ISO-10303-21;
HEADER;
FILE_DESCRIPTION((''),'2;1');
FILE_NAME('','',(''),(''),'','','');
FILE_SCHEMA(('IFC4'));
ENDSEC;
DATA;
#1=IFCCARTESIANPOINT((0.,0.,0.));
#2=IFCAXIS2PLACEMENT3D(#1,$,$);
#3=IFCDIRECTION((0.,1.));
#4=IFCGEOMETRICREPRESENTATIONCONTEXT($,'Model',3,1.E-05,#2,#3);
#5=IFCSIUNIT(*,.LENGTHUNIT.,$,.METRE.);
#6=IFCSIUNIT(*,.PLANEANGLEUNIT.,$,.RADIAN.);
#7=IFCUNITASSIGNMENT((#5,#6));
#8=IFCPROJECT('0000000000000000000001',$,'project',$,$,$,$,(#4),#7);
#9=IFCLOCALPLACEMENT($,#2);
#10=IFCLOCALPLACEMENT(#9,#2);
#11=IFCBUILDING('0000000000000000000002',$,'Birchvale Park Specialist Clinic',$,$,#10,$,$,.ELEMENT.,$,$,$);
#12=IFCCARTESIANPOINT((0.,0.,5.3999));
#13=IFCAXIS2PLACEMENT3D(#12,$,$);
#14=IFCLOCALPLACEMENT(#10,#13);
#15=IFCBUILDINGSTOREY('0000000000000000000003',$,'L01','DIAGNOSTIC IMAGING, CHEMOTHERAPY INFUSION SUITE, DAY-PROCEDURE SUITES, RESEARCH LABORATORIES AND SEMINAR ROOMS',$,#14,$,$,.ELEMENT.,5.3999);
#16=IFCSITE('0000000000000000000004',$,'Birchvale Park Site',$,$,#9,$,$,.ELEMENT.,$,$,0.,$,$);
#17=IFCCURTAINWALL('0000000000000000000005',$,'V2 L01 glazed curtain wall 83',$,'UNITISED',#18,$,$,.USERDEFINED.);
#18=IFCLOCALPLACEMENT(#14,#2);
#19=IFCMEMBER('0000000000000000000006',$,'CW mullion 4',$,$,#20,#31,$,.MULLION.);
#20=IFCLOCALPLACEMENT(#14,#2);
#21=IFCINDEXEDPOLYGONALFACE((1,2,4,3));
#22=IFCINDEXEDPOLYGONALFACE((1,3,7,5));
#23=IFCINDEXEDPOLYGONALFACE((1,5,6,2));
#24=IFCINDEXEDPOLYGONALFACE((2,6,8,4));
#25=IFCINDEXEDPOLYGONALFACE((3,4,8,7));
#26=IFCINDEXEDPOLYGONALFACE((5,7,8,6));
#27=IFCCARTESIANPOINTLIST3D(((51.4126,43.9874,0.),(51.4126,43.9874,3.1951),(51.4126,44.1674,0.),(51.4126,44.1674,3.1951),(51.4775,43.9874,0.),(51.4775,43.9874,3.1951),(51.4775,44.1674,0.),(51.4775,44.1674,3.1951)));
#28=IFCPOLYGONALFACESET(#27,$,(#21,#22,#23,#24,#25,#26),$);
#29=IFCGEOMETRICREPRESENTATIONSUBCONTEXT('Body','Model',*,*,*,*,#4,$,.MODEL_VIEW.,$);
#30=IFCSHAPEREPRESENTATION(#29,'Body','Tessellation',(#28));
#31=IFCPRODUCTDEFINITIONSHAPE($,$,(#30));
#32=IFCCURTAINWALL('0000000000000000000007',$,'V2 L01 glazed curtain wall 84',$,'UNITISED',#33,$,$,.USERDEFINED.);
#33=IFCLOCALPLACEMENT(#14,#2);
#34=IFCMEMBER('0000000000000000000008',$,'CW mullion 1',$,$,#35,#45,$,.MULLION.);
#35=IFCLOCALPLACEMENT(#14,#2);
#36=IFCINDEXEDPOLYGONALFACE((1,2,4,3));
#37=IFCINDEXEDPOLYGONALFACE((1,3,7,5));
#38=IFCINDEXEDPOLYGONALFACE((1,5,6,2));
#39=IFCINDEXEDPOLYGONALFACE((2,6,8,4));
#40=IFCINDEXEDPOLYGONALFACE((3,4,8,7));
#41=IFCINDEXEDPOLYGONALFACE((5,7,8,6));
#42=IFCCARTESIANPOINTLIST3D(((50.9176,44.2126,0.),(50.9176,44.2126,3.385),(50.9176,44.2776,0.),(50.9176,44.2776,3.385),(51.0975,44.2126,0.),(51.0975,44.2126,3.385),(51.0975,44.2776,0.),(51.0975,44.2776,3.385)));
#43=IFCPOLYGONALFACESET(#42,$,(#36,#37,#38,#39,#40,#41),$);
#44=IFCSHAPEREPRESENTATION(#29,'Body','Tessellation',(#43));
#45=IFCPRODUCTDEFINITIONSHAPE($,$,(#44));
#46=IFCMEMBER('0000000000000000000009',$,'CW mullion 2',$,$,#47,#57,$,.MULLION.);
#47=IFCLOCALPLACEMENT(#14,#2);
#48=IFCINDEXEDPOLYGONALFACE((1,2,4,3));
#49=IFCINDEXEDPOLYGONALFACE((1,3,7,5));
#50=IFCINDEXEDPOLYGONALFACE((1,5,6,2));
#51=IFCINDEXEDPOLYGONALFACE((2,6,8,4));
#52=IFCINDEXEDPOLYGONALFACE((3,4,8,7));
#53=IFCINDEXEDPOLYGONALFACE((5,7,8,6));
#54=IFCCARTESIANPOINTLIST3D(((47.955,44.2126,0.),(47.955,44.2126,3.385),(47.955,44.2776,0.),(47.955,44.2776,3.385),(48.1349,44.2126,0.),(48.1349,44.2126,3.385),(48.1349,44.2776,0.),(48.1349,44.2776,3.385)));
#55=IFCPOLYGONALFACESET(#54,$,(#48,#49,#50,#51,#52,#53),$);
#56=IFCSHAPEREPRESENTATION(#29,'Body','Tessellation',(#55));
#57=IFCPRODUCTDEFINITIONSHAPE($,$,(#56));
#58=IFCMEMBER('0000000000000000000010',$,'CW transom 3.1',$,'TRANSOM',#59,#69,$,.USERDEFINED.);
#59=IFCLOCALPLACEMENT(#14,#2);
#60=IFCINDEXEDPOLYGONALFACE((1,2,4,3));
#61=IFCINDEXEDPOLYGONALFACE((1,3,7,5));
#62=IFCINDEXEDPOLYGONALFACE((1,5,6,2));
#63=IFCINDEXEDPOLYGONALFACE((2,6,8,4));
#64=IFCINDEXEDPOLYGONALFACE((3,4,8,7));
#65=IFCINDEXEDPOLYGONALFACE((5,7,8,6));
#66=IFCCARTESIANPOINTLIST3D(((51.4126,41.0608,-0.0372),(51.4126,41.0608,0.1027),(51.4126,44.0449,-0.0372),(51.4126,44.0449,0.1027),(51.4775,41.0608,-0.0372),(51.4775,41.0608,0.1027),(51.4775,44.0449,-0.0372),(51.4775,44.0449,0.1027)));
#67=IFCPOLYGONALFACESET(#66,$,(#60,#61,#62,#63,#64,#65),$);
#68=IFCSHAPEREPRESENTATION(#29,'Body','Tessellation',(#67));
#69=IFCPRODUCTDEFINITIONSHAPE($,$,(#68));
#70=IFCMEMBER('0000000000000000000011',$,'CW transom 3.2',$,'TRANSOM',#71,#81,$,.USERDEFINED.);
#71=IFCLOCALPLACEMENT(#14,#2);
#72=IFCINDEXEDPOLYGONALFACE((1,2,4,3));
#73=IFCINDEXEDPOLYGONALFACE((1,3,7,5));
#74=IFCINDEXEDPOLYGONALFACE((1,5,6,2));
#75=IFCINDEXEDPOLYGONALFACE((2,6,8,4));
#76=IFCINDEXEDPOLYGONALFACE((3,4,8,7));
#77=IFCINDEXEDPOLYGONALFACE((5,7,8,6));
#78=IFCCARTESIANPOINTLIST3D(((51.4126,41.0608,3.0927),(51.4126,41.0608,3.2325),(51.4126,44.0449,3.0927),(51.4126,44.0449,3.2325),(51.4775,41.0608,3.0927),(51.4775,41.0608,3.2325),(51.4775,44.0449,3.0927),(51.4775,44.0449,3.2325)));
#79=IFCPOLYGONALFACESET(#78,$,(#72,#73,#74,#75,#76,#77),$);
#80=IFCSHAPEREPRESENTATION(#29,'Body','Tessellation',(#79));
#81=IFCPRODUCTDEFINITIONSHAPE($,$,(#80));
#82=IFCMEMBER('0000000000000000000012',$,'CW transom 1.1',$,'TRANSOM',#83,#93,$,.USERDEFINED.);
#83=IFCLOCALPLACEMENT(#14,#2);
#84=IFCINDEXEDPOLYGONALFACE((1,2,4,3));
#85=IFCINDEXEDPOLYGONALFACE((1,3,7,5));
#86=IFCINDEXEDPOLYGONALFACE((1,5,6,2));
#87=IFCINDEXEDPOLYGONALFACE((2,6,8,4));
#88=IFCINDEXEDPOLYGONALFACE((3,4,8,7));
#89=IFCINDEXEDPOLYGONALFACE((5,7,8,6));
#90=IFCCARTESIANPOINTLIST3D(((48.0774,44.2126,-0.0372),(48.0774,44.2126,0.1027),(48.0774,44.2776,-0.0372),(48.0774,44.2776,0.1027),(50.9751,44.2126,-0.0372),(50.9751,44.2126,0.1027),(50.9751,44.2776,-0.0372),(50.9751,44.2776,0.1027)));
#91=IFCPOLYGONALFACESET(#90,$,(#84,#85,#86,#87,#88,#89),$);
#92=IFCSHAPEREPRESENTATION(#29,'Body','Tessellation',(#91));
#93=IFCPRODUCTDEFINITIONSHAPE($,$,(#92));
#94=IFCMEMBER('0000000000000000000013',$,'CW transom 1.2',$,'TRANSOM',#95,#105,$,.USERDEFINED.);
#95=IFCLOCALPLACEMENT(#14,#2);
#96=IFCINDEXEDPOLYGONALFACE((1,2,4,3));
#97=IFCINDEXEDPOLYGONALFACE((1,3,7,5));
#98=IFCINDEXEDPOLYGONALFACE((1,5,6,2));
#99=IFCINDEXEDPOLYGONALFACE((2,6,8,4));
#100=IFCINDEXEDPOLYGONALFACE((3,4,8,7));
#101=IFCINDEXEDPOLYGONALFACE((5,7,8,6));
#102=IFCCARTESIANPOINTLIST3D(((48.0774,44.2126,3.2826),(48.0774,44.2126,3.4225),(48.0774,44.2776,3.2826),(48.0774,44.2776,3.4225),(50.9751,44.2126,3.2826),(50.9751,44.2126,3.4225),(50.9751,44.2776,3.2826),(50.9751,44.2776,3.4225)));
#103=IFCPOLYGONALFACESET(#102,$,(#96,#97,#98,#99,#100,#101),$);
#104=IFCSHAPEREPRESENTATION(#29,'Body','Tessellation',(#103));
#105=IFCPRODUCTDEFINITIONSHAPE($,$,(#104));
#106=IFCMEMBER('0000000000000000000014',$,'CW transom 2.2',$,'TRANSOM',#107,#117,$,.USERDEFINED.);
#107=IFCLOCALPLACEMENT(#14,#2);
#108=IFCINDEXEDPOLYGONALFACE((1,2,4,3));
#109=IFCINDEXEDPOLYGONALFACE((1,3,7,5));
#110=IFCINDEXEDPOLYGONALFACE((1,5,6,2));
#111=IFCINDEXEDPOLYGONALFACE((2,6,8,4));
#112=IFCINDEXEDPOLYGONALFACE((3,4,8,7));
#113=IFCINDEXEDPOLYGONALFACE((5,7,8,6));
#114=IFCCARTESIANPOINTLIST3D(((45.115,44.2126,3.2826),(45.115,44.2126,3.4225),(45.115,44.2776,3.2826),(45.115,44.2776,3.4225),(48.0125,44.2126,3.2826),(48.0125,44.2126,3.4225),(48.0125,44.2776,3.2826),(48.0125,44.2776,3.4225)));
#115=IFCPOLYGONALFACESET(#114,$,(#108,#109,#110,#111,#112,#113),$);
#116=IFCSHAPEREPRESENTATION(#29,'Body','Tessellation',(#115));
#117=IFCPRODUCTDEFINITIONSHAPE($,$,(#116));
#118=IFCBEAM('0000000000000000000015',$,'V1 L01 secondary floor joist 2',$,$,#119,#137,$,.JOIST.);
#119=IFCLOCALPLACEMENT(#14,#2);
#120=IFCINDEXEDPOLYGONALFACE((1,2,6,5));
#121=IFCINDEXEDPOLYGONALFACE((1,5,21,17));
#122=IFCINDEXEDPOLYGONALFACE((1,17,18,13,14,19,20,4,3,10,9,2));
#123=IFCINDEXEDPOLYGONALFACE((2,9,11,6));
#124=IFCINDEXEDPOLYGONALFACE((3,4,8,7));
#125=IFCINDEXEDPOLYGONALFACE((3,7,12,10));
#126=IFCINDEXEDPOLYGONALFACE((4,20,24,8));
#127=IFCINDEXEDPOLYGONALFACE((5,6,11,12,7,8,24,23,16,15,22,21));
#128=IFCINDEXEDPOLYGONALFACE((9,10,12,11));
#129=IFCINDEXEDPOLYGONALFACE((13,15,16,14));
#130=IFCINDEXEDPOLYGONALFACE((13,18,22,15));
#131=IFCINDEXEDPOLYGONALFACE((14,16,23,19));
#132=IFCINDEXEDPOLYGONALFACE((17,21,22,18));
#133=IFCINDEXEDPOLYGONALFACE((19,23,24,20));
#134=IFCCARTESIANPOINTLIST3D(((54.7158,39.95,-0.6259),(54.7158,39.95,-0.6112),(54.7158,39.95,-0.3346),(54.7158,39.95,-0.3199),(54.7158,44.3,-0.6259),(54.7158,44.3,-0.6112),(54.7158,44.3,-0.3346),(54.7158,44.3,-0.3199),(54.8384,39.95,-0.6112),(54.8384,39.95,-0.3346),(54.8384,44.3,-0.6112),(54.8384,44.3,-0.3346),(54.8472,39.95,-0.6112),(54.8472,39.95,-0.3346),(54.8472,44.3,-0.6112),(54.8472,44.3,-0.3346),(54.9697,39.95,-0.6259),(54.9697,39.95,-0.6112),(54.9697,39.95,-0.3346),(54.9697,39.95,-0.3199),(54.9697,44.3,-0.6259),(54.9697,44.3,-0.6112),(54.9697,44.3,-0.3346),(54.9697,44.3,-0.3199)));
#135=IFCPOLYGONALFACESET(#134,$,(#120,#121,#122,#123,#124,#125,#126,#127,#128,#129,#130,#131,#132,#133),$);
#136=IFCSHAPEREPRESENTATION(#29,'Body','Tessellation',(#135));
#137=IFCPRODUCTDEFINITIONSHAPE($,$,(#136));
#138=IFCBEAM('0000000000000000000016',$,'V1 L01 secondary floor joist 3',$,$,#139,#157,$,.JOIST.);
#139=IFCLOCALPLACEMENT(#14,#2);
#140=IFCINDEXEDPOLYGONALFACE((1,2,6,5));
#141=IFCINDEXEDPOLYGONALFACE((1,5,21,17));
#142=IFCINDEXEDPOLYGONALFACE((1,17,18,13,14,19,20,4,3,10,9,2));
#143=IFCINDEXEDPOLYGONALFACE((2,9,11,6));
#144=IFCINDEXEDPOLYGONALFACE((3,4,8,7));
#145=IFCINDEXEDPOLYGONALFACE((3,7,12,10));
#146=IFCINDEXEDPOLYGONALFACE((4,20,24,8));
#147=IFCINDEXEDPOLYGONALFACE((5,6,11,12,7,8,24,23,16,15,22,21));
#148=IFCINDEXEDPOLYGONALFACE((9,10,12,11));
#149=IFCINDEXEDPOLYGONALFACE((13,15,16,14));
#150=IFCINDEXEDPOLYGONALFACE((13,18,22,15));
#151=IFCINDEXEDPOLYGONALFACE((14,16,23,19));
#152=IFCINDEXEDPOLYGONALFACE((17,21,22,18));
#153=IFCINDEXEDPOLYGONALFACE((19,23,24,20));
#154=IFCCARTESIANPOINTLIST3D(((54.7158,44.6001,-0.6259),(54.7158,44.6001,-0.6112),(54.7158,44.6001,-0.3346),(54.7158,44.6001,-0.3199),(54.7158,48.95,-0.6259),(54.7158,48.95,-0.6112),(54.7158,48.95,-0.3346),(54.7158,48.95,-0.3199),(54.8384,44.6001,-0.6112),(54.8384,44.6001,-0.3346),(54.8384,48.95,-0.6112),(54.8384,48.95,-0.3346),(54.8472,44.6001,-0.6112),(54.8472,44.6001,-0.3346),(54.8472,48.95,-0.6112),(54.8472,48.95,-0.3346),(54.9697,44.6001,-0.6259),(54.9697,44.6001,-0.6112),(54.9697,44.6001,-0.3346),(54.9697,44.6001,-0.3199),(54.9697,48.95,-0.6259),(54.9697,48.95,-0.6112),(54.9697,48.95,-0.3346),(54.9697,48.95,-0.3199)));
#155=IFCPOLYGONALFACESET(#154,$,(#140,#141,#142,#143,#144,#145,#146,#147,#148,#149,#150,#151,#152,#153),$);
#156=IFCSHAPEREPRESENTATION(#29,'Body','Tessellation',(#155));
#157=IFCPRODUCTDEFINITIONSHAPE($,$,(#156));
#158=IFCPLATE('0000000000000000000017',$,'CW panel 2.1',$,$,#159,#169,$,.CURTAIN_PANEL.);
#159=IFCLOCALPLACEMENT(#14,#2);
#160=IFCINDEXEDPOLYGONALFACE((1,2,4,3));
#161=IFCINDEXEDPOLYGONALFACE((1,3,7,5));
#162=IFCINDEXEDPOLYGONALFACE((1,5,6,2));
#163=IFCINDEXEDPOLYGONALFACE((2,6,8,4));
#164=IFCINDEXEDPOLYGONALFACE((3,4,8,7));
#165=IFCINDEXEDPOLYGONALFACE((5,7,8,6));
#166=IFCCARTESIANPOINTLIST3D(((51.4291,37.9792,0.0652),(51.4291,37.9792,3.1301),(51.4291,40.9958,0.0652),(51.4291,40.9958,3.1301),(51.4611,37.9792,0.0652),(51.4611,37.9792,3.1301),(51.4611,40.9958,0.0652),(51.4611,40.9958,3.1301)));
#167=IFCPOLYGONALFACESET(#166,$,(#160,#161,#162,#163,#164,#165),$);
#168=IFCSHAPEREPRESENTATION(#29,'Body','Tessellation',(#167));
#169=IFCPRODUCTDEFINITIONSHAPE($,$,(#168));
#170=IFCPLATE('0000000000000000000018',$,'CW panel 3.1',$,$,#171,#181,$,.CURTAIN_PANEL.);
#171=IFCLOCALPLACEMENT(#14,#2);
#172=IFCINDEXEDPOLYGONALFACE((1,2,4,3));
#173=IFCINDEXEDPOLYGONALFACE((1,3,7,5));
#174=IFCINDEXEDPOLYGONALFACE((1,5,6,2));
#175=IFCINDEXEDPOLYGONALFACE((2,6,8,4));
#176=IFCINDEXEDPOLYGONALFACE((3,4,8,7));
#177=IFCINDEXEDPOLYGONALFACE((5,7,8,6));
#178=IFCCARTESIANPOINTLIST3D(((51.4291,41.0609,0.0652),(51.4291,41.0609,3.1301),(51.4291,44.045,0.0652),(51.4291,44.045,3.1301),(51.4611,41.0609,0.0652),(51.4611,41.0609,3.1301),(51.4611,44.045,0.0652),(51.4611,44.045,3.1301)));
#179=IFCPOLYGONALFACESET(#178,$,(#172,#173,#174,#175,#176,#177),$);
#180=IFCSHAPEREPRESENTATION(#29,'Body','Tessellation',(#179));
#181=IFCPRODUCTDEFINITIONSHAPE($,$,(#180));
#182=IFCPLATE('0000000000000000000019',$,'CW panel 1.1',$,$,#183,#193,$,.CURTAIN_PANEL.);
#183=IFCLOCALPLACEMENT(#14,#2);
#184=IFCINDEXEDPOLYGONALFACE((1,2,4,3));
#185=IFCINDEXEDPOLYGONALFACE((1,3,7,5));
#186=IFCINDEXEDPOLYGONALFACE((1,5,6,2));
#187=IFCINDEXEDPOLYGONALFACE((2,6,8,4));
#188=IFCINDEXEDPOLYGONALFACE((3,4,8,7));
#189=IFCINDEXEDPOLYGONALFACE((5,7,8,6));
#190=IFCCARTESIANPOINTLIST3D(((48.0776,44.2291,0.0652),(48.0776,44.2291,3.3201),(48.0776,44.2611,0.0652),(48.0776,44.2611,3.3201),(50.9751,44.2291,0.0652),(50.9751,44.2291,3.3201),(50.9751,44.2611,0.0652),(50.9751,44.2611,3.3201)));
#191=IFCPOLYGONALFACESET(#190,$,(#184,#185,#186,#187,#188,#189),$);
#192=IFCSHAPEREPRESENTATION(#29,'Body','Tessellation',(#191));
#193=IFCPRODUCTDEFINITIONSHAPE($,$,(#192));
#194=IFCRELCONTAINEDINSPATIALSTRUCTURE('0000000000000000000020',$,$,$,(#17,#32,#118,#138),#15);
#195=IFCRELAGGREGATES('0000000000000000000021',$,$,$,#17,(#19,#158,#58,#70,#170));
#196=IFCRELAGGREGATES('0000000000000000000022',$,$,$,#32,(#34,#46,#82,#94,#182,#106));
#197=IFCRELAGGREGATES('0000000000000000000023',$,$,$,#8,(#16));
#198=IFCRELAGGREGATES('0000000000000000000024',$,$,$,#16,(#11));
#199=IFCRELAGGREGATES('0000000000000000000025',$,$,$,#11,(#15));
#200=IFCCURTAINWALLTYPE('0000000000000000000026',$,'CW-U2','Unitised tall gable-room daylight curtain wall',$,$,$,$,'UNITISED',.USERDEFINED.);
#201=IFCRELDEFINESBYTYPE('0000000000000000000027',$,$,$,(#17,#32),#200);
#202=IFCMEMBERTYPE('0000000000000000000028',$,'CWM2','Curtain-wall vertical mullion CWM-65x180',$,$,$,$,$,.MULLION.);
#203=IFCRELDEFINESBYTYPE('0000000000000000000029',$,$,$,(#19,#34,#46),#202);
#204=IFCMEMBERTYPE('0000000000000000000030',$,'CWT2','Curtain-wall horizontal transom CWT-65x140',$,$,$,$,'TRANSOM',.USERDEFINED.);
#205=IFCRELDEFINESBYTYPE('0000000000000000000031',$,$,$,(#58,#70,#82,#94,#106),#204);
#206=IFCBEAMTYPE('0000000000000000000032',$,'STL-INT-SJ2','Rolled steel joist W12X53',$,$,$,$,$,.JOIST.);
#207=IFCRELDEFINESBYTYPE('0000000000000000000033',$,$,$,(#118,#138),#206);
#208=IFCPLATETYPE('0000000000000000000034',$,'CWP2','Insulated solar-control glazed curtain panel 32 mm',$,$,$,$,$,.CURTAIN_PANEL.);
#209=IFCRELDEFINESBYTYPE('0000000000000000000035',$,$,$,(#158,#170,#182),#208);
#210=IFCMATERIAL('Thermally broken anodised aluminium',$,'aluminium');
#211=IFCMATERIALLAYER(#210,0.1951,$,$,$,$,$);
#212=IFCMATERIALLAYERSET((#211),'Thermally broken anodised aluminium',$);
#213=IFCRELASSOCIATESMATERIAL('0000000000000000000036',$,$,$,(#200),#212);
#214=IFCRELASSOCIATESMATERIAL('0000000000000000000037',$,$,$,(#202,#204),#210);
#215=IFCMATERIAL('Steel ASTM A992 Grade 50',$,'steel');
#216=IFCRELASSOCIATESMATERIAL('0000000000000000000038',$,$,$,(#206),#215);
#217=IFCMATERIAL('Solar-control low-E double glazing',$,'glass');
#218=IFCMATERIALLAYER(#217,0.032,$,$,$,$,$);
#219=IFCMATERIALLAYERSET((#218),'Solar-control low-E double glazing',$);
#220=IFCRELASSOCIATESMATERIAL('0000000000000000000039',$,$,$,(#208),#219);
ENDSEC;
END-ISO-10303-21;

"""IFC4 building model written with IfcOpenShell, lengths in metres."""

from ifc_helpers import new_model, si_unit, direction, frame, origin, origin_2d, place, context, subcontext, project, spatial, rectangle, i_section, extrude, material, layer, layer_set, material_profile, profile_set, type_object, element, aggregate, save


model = new_model("IFC4")

# Units and contexts
model_context = context("Model", 3, precision=1e-05, world=origin(), true_north=direction((0.0, 1.0)))
body_context = subcontext(model_context, "Body", "Model", "MODEL_VIEW")
ifc_project = project(units=[si_unit("LENGTHUNIT", "METRE"), si_unit("PLANEANGLEUNIT", "RADIAN")], contexts=[model_context])

# Site, building, storey
site_placement = place(None, origin())
site = spatial("IfcSite", under=ifc_project, at=site_placement, Name="Birchvale Park Site", CompositionType="ELEMENT", RefElevation=0.0)
building_placement = place(site_placement, origin())
building = spatial("IfcBuilding", under=site, at=building_placement, Name="Birchvale Park Specialist Clinic", CompositionType="ELEMENT")
storey_placement = place(building_placement, frame((0.0, 0.0, 5.3999)))
storey = spatial("IfcBuildingStorey", under=building, at=storey_placement, Name="L01", Description="DIAGNOSTIC IMAGING, CHEMOTHERAPY INFUSION SUITE, DAY-PROCEDURE SUITES, RESEARCH LABORATORIES AND SEMINAR ROOMS", CompositionType="ELEMENT", Elevation=5.3999)

# Curtain walls, members
ifc_material_1 = material(Name="Thermally broken anodised aluminium", Category="aluminium")
ifc_layer_1 = layer(ifc_material_1, 0.1951)
ifc_layer_set_1 = layer_set([ifc_layer_1], Name="Thermally broken anodised aluminium")
curtain_wall_type = type_object("IfcCurtainWallType", Name="CW-U2", Description="Unitised tall gable-room daylight curtain wall", ElementType="UNITISED", PredefinedType="USERDEFINED", material=ifc_layer_set_1)
curtain_wall_1_placement = place(storey_placement, origin())
curtain_wall_1 = element("IfcCurtainWall", 1, at=curtain_wall_1_placement, inside=storey, type_object=curtain_wall_type, Name="V2 L01 glazed curtain wall 83", ObjectType="UNITISED", PredefinedType="USERDEFINED")
ifc_material_profile_1 = material_profile(ifc_material_1, rectangle(XDim=0.0649, YDim=0.1799, at=origin_2d()), Name="CWM-65x180")
ifc_profile_set_1 = profile_set([ifc_material_profile_1], Name="Thermally broken anodised aluminium")
member_type_1 = type_object("IfcMemberType", Name="CWM2", Description="Curtain-wall vertical mullion CWM-65x180", PredefinedType="MULLION", material=ifc_profile_set_1)
member_1_placement = place(storey_placement, frame((51.4451, 44.0774, 0.0), z_axis=(0.0, 0.0, 1.0), x_axis=(-1.0, 0.0, 0.0)))
member_1 = element("IfcMember", 2, at=member_1_placement, type_object=member_type_1, Name="CW mullion 4", PredefinedType="MULLION", context=body_context, shape_type="SweptSolid", body=[
    extrude(rectangle(XDim=0.0649, YDim=0.1799, at=origin_2d()), origin(), (0.0, 0.0, 1.0), 3.1951),
])
curtain_wall_2_placement = place(storey_placement, origin())
curtain_wall_2 = element("IfcCurtainWall", 3, at=curtain_wall_2_placement, inside=storey, type_object=curtain_wall_type, Name="V2 L01 glazed curtain wall 84", ObjectType="UNITISED", PredefinedType="USERDEFINED")
member_2_placement = place(storey_placement, frame((51.0076, 44.2451, 0.0), z_axis=(0.0, 0.0, 1.0), x_axis=(0.0, -1.0, 0.0)))
member_2 = element("IfcMember", 4, at=member_2_placement, type_object=member_type_1, Name="CW mullion 1", PredefinedType="MULLION", context=body_context, shape_type="SweptSolid", body=[
    extrude(rectangle(XDim=0.0649, YDim=0.1799, at=origin_2d()), origin(), (0.0, 0.0, 1.0), 3.385),
])
member_3_placement = place(storey_placement, frame((48.0449, 44.2451, 0.0), z_axis=(0.0, 0.0, 1.0), x_axis=(0.0, -1.0, 0.0)))
member_3 = element("IfcMember", 5, at=member_3_placement, type_object=member_type_1, Name="CW mullion 2", PredefinedType="MULLION", context=body_context, shape_type="SweptSolid", body=[
    extrude(rectangle(XDim=0.0649, YDim=0.1799, at=origin_2d()), origin(), (0.0, 0.0, 1.0), 3.385),
])

# Members
ifc_material_profile_2 = material_profile(ifc_material_1, rectangle(XDim=0.0649, YDim=0.1399, at=origin_2d()), Name="CWT-65x140")
ifc_profile_set_2 = profile_set([ifc_material_profile_2], Name="Thermally broken anodised aluminium")
member_type_2 = type_object("IfcMemberType", Name="CWT2", Description="Curtain-wall horizontal transom CWT-65x140", ElementType="TRANSOM", PredefinedType="USERDEFINED", material=ifc_profile_set_2)
member_4_placement = place(storey_placement, frame((51.4451, 41.0608, 0.0327), z_axis=(0.0, 1.0, 0.0), x_axis=(-1.0, 0.0, 0.0)))
member_4 = element("IfcMember", 6, at=member_4_placement, type_object=member_type_2, Name="CW transom 3.1", ObjectType="TRANSOM", PredefinedType="USERDEFINED", context=body_context, shape_type="SweptSolid", body=[
    extrude(rectangle(XDim=0.0649, YDim=0.1399, at=origin_2d()), origin(), (0.0, 0.0, 1.0), 2.9841),
])
member_5_placement = place(storey_placement, frame((51.4451, 41.0608, 3.1626), z_axis=(0.0, 1.0, 0.0), x_axis=(-1.0, 0.0, 0.0)))
member_5 = element("IfcMember", 7, at=member_5_placement, type_object=member_type_2, Name="CW transom 3.2", ObjectType="TRANSOM", PredefinedType="USERDEFINED", context=body_context, shape_type="SweptSolid", body=[
    extrude(rectangle(XDim=0.0649, YDim=0.1399, at=origin_2d()), origin(), (0.0, 0.0, 1.0), 2.9841),
])
member_6_placement = place(storey_placement, frame((50.9751, 44.2451, 0.0327), z_axis=(-1.0, 0.0, 0.0), x_axis=(0.0, -1.0, 0.0)))
member_6 = element("IfcMember", 8, at=member_6_placement, type_object=member_type_2, Name="CW transom 1.1", ObjectType="TRANSOM", PredefinedType="USERDEFINED", context=body_context, shape_type="SweptSolid", body=[
    extrude(rectangle(XDim=0.0649, YDim=0.1399, at=origin_2d()), origin(), (0.0, 0.0, 1.0), 2.8977),
])
member_7_placement = place(storey_placement, frame((50.9751, 44.2451, 3.3525), z_axis=(-1.0, 0.0, 0.0), x_axis=(0.0, -1.0, 0.0)))
member_7 = element("IfcMember", 9, at=member_7_placement, type_object=member_type_2, Name="CW transom 1.2", ObjectType="TRANSOM", PredefinedType="USERDEFINED", context=body_context, shape_type="SweptSolid", body=[
    extrude(rectangle(XDim=0.0649, YDim=0.1399, at=origin_2d()), origin(), (0.0, 0.0, 1.0), 2.8977),
])
member_8_placement = place(storey_placement, frame((48.0125, 44.2451, 3.3525), z_axis=(-1.0, 0.0, 0.0), x_axis=(0.0, -1.0, 0.0)))
member_8 = element("IfcMember", 10, at=member_8_placement, type_object=member_type_2, Name="CW transom 2.2", ObjectType="TRANSOM", PredefinedType="USERDEFINED", context=body_context, shape_type="SweptSolid", body=[
    extrude(rectangle(XDim=0.0649, YDim=0.1399, at=origin_2d()), origin(), (0.0, 0.0, 1.0), 2.8975),
])

# Beams
ifc_material_2 = material(Name="Steel ASTM A992 Grade 50", Category="steel")
ifc_material_profile_3 = material_profile(ifc_material_2, i_section(OverallWidth=0.2539, OverallDepth=0.3059, WebThickness=0.0088, FlangeThickness=0.0146, at=origin_2d()), Name="W12X53")
ifc_profile_set_3 = profile_set([ifc_material_profile_3], Name="Steel ASTM A992 Grade 50")
beam_type_1 = type_object("IfcBeamType", Name="STL-INT-SJ2", Description="Rolled steel joist W12X53", PredefinedType="JOIST", material=ifc_profile_set_3)
beam_1_placement = place(storey_placement, frame((54.8428, 39.95, -0.4729), z_axis=(0.0, 1.0, 0.0), x_axis=(-1.0, 0.0, 0.0)))
element("IfcBeam", 11, at=beam_1_placement, inside=storey, type_object=beam_type_1, Name="V1 L01 secondary floor joist 2", PredefinedType="JOIST", context=body_context, shape_type="SweptSolid", body=[
    extrude(i_section(OverallWidth=0.2539, OverallDepth=0.3059, WebThickness=0.0088, FlangeThickness=0.0146, at=origin_2d()), origin(), (0.0, 0.0, 1.0), 4.3501),
])
beam_2_placement = place(storey_placement, frame((54.8428, 44.6001, -0.4729), z_axis=(0.0, 1.0, 0.0), x_axis=(-1.0, 0.0, 0.0)))
element("IfcBeam", 12, at=beam_2_placement, inside=storey, type_object=beam_type_1, Name="V1 L01 secondary floor joist 3", PredefinedType="JOIST", context=body_context, shape_type="SweptSolid", body=[
    extrude(i_section(OverallWidth=0.2539, OverallDepth=0.3059, WebThickness=0.0088, FlangeThickness=0.0146, at=origin_2d()), origin(), (0.0, 0.0, 1.0), 4.3499),
])

# Plates
ifc_material_3 = material(Name="Solar-control low-E double glazing", Category="glass")
ifc_layer_2 = layer(ifc_material_3, 0.032)
ifc_layer_set_2 = layer_set([ifc_layer_2], Name="Solar-control low-E double glazing")
plate_type = type_object("IfcPlateType", Name="CWP2", Description="Insulated solar-control glazed curtain panel 32 mm", PredefinedType="CURTAIN_PANEL", material=ifc_layer_set_2)
plate_1_placement = place(storey_placement, frame((51.4451, 39.4875, 0.0652), z_axis=(0.0, 0.0, 1.0), x_axis=(0.0, 1.0, 0.0)))
plate_1 = element("IfcPlate", 13, at=plate_1_placement, type_object=plate_type, Name="CW panel 2.1", PredefinedType="CURTAIN_PANEL", context=body_context, shape_type="SweptSolid", body=[
    extrude(rectangle(XDim=3.0166, YDim=0.032, at=origin_2d()), origin(), (0.0, 0.0, 1.0), 3.0649),
])
plate_2_placement = place(storey_placement, frame((51.4451, 42.553, 0.0652), z_axis=(0.0, 0.0, 1.0), x_axis=(0.0, 1.0, 0.0)))
plate_2 = element("IfcPlate", 14, at=plate_2_placement, type_object=plate_type, Name="CW panel 3.1", PredefinedType="CURTAIN_PANEL", context=body_context, shape_type="SweptSolid", body=[
    extrude(rectangle(XDim=2.9841, YDim=0.032, at=origin_2d()), origin(), (0.0, 0.0, 1.0), 3.0649),
])
aggregate(curtain_wall_1, [member_1, plate_1, member_4, member_5, plate_2])
plate_3_placement = place(storey_placement, frame((49.5264, 44.2451, 0.0652), z_axis=(0.0, 0.0, 1.0), x_axis=(-1.0, 0.0, 0.0)))
plate_3 = element("IfcPlate", 15, at=plate_3_placement, type_object=plate_type, Name="CW panel 1.1", PredefinedType="CURTAIN_PANEL", context=body_context, shape_type="SweptSolid", body=[
    extrude(rectangle(XDim=2.8975, YDim=0.032, at=origin_2d()), origin(), (0.0, 0.0, 1.0), 3.2549),
])
aggregate(curtain_wall_2, [member_2, member_3, member_6, member_7, plate_3, member_8])

save(model, "model.ifc")
